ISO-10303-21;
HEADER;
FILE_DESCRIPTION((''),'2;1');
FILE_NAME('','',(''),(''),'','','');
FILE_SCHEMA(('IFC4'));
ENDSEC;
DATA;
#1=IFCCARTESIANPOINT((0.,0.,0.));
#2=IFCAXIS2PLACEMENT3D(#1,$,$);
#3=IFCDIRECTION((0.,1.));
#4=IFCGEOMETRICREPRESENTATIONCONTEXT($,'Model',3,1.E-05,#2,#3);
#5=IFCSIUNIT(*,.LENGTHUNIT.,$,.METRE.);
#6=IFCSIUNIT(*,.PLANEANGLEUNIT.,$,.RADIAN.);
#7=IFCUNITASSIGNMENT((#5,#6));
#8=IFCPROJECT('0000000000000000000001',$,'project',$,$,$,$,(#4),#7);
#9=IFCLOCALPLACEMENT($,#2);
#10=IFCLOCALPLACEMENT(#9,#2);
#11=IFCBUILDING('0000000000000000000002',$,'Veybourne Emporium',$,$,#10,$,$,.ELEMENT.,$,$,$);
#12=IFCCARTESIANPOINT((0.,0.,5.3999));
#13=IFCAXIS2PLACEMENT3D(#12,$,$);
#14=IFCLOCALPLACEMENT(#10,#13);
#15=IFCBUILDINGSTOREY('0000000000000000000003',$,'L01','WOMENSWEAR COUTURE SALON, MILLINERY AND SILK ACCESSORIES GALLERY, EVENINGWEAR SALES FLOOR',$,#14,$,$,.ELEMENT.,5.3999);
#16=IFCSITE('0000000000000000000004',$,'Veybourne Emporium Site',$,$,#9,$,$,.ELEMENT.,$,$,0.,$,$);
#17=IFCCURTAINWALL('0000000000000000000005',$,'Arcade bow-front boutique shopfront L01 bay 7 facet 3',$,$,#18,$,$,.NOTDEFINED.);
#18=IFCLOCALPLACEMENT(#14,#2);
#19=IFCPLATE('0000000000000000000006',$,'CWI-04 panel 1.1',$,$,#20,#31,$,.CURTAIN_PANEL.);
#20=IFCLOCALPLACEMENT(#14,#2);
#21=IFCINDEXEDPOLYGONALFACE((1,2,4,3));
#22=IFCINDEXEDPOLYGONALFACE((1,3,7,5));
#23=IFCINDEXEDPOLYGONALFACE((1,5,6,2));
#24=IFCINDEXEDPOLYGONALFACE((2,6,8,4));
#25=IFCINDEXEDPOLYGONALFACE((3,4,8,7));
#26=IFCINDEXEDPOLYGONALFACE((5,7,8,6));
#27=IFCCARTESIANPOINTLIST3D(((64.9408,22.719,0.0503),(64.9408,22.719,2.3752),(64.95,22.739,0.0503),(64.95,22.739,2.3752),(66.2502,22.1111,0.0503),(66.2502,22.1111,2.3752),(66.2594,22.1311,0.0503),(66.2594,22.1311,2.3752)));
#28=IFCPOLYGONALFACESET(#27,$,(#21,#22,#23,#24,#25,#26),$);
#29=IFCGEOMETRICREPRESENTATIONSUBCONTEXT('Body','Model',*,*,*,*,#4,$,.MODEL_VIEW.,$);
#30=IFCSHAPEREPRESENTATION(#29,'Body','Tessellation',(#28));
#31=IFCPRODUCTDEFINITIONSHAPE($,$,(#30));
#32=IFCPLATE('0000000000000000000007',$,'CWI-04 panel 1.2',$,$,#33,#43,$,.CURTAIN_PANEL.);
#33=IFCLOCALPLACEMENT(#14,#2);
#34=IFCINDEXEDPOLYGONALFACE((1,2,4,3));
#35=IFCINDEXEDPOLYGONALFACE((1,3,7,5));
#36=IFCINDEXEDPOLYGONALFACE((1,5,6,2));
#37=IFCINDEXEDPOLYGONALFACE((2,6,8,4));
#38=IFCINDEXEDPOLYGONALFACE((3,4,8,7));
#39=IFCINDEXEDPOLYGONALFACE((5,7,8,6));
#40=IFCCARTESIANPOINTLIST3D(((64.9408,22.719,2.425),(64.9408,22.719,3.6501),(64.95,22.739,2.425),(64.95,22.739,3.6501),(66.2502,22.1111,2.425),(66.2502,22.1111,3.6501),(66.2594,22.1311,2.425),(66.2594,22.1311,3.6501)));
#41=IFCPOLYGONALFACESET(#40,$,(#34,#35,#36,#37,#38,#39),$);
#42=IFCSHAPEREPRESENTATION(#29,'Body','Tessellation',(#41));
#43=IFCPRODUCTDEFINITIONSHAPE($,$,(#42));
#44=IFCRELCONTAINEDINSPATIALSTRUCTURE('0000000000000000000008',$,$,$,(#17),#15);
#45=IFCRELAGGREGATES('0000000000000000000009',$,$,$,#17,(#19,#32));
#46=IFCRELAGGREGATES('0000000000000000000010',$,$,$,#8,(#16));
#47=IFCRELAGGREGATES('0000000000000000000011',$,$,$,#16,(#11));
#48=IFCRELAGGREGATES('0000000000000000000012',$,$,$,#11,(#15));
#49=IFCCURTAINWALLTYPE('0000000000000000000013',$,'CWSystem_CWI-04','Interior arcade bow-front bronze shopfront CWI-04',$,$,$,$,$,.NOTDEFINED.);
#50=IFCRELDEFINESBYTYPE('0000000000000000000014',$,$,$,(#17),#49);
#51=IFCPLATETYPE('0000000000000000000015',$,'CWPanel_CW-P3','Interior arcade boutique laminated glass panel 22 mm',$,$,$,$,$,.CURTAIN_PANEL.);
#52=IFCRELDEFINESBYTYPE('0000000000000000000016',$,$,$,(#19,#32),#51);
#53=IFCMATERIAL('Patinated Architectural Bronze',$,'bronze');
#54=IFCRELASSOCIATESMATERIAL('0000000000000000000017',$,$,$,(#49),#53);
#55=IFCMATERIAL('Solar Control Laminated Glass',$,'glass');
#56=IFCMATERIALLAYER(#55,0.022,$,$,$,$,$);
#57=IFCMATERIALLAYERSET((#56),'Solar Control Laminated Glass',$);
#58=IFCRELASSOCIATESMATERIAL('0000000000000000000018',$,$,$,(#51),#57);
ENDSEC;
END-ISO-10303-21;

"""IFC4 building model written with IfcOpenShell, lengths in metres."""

from ifc_helpers import new_model, si_unit, direction, frame, origin, origin_2d, place, context, subcontext, project, spatial, rectangle, extrude, material, layer, layer_set, type_object, element, aggregate, save


model = new_model("IFC4")

# Units and contexts
model_context = context("Model", 3, precision=1e-05, world=origin(), true_north=direction((0.0, 1.0)))
body_context = subcontext(model_context, "Body", "Model", "MODEL_VIEW")
ifc_project = project(units=[si_unit("LENGTHUNIT", "METRE"), si_unit("PLANEANGLEUNIT", "RADIAN")], contexts=[model_context])

# Site, building, storey
site_placement = place(None, origin())
site = spatial("IfcSite", under=ifc_project, at=site_placement, Name="Veybourne Emporium Site", CompositionType="ELEMENT", RefElevation=0.0)
building_placement = place(site_placement, origin())
building = spatial("IfcBuilding", under=site, at=building_placement, Name="Veybourne Emporium", CompositionType="ELEMENT")
storey_placement = place(building_placement, frame((0.0, 0.0, 5.3999)))
storey = spatial("IfcBuildingStorey", under=building, at=storey_placement, Name="L01", Description="WOMENSWEAR COUTURE SALON, MILLINERY AND SILK ACCESSORIES GALLERY, EVENINGWEAR SALES FLOOR", CompositionType="ELEMENT", Elevation=5.3999)

# Curtain wall
ifc_material_1 = material(Name="Patinated Architectural Bronze", Category="bronze")
curtain_wall_type_1 = type_object("IfcCurtainWallType", Name="CWSystem_CWI-04", Description="Interior arcade bow-front bronze shopfront CWI-04", PredefinedType="NOTDEFINED", material=ifc_material_1)
curtain_wall_1_placement = place(storey_placement, origin())
curtain_wall_1 = element("IfcCurtainWall", 1, at=curtain_wall_1_placement, inside=storey, type_object=curtain_wall_type_1, Name="Arcade bow-front boutique shopfront L01 bay 7 facet 3", PredefinedType="NOTDEFINED")

# Plates
ifc_material_2 = material(Name="Solar Control Laminated Glass", Category="glass")
ifc_layer_1 = layer(ifc_material_2, 0.022)
ifc_layer_set_1 = layer_set([ifc_layer_1], Name="Solar Control Laminated Glass")
plate_type_1 = type_object("IfcPlateType", Name="CWPanel_CW-P3", Description="Interior arcade boutique laminated glass panel 22 mm", PredefinedType="CURTAIN_PANEL", material=ifc_layer_set_1)
plate_1_placement = place(storey_placement, frame((65.6001, 22.425, 0.0503), z_axis=(0.0, 0.0, 1.0), x_axis=(0.907009, -0.421111, 0.0)))
plate_1 = element("IfcPlate", 2, at=plate_1_placement, type_object=plate_type_1, Name="CWI-04 panel 1.1", PredefinedType="CURTAIN_PANEL", context=body_context, shape_type="SweptSolid", body=[
    extrude(rectangle(XDim=1.4436, YDim=0.022, at=origin_2d()), origin(), (0.0, 0.0, 1.0), 2.325),
])
plate_2_placement = place(storey_placement, frame((65.6001, 22.425, 2.425), z_axis=(0.0, 0.0, 1.0), x_axis=(0.907009, -0.421111, 0.0)))
plate_2 = element("IfcPlate", 3, at=plate_2_placement, type_object=plate_type_1, Name="CWI-04 panel 1.2", PredefinedType="CURTAIN_PANEL", context=body_context, shape_type="SweptSolid", body=[
    extrude(rectangle(XDim=1.4436, YDim=0.022, at=origin_2d()), origin(), (0.0, 0.0, 1.0), 1.2251),
])
aggregate(curtain_wall_1, [plate_1, plate_2])

save(model, "model.ifc")
